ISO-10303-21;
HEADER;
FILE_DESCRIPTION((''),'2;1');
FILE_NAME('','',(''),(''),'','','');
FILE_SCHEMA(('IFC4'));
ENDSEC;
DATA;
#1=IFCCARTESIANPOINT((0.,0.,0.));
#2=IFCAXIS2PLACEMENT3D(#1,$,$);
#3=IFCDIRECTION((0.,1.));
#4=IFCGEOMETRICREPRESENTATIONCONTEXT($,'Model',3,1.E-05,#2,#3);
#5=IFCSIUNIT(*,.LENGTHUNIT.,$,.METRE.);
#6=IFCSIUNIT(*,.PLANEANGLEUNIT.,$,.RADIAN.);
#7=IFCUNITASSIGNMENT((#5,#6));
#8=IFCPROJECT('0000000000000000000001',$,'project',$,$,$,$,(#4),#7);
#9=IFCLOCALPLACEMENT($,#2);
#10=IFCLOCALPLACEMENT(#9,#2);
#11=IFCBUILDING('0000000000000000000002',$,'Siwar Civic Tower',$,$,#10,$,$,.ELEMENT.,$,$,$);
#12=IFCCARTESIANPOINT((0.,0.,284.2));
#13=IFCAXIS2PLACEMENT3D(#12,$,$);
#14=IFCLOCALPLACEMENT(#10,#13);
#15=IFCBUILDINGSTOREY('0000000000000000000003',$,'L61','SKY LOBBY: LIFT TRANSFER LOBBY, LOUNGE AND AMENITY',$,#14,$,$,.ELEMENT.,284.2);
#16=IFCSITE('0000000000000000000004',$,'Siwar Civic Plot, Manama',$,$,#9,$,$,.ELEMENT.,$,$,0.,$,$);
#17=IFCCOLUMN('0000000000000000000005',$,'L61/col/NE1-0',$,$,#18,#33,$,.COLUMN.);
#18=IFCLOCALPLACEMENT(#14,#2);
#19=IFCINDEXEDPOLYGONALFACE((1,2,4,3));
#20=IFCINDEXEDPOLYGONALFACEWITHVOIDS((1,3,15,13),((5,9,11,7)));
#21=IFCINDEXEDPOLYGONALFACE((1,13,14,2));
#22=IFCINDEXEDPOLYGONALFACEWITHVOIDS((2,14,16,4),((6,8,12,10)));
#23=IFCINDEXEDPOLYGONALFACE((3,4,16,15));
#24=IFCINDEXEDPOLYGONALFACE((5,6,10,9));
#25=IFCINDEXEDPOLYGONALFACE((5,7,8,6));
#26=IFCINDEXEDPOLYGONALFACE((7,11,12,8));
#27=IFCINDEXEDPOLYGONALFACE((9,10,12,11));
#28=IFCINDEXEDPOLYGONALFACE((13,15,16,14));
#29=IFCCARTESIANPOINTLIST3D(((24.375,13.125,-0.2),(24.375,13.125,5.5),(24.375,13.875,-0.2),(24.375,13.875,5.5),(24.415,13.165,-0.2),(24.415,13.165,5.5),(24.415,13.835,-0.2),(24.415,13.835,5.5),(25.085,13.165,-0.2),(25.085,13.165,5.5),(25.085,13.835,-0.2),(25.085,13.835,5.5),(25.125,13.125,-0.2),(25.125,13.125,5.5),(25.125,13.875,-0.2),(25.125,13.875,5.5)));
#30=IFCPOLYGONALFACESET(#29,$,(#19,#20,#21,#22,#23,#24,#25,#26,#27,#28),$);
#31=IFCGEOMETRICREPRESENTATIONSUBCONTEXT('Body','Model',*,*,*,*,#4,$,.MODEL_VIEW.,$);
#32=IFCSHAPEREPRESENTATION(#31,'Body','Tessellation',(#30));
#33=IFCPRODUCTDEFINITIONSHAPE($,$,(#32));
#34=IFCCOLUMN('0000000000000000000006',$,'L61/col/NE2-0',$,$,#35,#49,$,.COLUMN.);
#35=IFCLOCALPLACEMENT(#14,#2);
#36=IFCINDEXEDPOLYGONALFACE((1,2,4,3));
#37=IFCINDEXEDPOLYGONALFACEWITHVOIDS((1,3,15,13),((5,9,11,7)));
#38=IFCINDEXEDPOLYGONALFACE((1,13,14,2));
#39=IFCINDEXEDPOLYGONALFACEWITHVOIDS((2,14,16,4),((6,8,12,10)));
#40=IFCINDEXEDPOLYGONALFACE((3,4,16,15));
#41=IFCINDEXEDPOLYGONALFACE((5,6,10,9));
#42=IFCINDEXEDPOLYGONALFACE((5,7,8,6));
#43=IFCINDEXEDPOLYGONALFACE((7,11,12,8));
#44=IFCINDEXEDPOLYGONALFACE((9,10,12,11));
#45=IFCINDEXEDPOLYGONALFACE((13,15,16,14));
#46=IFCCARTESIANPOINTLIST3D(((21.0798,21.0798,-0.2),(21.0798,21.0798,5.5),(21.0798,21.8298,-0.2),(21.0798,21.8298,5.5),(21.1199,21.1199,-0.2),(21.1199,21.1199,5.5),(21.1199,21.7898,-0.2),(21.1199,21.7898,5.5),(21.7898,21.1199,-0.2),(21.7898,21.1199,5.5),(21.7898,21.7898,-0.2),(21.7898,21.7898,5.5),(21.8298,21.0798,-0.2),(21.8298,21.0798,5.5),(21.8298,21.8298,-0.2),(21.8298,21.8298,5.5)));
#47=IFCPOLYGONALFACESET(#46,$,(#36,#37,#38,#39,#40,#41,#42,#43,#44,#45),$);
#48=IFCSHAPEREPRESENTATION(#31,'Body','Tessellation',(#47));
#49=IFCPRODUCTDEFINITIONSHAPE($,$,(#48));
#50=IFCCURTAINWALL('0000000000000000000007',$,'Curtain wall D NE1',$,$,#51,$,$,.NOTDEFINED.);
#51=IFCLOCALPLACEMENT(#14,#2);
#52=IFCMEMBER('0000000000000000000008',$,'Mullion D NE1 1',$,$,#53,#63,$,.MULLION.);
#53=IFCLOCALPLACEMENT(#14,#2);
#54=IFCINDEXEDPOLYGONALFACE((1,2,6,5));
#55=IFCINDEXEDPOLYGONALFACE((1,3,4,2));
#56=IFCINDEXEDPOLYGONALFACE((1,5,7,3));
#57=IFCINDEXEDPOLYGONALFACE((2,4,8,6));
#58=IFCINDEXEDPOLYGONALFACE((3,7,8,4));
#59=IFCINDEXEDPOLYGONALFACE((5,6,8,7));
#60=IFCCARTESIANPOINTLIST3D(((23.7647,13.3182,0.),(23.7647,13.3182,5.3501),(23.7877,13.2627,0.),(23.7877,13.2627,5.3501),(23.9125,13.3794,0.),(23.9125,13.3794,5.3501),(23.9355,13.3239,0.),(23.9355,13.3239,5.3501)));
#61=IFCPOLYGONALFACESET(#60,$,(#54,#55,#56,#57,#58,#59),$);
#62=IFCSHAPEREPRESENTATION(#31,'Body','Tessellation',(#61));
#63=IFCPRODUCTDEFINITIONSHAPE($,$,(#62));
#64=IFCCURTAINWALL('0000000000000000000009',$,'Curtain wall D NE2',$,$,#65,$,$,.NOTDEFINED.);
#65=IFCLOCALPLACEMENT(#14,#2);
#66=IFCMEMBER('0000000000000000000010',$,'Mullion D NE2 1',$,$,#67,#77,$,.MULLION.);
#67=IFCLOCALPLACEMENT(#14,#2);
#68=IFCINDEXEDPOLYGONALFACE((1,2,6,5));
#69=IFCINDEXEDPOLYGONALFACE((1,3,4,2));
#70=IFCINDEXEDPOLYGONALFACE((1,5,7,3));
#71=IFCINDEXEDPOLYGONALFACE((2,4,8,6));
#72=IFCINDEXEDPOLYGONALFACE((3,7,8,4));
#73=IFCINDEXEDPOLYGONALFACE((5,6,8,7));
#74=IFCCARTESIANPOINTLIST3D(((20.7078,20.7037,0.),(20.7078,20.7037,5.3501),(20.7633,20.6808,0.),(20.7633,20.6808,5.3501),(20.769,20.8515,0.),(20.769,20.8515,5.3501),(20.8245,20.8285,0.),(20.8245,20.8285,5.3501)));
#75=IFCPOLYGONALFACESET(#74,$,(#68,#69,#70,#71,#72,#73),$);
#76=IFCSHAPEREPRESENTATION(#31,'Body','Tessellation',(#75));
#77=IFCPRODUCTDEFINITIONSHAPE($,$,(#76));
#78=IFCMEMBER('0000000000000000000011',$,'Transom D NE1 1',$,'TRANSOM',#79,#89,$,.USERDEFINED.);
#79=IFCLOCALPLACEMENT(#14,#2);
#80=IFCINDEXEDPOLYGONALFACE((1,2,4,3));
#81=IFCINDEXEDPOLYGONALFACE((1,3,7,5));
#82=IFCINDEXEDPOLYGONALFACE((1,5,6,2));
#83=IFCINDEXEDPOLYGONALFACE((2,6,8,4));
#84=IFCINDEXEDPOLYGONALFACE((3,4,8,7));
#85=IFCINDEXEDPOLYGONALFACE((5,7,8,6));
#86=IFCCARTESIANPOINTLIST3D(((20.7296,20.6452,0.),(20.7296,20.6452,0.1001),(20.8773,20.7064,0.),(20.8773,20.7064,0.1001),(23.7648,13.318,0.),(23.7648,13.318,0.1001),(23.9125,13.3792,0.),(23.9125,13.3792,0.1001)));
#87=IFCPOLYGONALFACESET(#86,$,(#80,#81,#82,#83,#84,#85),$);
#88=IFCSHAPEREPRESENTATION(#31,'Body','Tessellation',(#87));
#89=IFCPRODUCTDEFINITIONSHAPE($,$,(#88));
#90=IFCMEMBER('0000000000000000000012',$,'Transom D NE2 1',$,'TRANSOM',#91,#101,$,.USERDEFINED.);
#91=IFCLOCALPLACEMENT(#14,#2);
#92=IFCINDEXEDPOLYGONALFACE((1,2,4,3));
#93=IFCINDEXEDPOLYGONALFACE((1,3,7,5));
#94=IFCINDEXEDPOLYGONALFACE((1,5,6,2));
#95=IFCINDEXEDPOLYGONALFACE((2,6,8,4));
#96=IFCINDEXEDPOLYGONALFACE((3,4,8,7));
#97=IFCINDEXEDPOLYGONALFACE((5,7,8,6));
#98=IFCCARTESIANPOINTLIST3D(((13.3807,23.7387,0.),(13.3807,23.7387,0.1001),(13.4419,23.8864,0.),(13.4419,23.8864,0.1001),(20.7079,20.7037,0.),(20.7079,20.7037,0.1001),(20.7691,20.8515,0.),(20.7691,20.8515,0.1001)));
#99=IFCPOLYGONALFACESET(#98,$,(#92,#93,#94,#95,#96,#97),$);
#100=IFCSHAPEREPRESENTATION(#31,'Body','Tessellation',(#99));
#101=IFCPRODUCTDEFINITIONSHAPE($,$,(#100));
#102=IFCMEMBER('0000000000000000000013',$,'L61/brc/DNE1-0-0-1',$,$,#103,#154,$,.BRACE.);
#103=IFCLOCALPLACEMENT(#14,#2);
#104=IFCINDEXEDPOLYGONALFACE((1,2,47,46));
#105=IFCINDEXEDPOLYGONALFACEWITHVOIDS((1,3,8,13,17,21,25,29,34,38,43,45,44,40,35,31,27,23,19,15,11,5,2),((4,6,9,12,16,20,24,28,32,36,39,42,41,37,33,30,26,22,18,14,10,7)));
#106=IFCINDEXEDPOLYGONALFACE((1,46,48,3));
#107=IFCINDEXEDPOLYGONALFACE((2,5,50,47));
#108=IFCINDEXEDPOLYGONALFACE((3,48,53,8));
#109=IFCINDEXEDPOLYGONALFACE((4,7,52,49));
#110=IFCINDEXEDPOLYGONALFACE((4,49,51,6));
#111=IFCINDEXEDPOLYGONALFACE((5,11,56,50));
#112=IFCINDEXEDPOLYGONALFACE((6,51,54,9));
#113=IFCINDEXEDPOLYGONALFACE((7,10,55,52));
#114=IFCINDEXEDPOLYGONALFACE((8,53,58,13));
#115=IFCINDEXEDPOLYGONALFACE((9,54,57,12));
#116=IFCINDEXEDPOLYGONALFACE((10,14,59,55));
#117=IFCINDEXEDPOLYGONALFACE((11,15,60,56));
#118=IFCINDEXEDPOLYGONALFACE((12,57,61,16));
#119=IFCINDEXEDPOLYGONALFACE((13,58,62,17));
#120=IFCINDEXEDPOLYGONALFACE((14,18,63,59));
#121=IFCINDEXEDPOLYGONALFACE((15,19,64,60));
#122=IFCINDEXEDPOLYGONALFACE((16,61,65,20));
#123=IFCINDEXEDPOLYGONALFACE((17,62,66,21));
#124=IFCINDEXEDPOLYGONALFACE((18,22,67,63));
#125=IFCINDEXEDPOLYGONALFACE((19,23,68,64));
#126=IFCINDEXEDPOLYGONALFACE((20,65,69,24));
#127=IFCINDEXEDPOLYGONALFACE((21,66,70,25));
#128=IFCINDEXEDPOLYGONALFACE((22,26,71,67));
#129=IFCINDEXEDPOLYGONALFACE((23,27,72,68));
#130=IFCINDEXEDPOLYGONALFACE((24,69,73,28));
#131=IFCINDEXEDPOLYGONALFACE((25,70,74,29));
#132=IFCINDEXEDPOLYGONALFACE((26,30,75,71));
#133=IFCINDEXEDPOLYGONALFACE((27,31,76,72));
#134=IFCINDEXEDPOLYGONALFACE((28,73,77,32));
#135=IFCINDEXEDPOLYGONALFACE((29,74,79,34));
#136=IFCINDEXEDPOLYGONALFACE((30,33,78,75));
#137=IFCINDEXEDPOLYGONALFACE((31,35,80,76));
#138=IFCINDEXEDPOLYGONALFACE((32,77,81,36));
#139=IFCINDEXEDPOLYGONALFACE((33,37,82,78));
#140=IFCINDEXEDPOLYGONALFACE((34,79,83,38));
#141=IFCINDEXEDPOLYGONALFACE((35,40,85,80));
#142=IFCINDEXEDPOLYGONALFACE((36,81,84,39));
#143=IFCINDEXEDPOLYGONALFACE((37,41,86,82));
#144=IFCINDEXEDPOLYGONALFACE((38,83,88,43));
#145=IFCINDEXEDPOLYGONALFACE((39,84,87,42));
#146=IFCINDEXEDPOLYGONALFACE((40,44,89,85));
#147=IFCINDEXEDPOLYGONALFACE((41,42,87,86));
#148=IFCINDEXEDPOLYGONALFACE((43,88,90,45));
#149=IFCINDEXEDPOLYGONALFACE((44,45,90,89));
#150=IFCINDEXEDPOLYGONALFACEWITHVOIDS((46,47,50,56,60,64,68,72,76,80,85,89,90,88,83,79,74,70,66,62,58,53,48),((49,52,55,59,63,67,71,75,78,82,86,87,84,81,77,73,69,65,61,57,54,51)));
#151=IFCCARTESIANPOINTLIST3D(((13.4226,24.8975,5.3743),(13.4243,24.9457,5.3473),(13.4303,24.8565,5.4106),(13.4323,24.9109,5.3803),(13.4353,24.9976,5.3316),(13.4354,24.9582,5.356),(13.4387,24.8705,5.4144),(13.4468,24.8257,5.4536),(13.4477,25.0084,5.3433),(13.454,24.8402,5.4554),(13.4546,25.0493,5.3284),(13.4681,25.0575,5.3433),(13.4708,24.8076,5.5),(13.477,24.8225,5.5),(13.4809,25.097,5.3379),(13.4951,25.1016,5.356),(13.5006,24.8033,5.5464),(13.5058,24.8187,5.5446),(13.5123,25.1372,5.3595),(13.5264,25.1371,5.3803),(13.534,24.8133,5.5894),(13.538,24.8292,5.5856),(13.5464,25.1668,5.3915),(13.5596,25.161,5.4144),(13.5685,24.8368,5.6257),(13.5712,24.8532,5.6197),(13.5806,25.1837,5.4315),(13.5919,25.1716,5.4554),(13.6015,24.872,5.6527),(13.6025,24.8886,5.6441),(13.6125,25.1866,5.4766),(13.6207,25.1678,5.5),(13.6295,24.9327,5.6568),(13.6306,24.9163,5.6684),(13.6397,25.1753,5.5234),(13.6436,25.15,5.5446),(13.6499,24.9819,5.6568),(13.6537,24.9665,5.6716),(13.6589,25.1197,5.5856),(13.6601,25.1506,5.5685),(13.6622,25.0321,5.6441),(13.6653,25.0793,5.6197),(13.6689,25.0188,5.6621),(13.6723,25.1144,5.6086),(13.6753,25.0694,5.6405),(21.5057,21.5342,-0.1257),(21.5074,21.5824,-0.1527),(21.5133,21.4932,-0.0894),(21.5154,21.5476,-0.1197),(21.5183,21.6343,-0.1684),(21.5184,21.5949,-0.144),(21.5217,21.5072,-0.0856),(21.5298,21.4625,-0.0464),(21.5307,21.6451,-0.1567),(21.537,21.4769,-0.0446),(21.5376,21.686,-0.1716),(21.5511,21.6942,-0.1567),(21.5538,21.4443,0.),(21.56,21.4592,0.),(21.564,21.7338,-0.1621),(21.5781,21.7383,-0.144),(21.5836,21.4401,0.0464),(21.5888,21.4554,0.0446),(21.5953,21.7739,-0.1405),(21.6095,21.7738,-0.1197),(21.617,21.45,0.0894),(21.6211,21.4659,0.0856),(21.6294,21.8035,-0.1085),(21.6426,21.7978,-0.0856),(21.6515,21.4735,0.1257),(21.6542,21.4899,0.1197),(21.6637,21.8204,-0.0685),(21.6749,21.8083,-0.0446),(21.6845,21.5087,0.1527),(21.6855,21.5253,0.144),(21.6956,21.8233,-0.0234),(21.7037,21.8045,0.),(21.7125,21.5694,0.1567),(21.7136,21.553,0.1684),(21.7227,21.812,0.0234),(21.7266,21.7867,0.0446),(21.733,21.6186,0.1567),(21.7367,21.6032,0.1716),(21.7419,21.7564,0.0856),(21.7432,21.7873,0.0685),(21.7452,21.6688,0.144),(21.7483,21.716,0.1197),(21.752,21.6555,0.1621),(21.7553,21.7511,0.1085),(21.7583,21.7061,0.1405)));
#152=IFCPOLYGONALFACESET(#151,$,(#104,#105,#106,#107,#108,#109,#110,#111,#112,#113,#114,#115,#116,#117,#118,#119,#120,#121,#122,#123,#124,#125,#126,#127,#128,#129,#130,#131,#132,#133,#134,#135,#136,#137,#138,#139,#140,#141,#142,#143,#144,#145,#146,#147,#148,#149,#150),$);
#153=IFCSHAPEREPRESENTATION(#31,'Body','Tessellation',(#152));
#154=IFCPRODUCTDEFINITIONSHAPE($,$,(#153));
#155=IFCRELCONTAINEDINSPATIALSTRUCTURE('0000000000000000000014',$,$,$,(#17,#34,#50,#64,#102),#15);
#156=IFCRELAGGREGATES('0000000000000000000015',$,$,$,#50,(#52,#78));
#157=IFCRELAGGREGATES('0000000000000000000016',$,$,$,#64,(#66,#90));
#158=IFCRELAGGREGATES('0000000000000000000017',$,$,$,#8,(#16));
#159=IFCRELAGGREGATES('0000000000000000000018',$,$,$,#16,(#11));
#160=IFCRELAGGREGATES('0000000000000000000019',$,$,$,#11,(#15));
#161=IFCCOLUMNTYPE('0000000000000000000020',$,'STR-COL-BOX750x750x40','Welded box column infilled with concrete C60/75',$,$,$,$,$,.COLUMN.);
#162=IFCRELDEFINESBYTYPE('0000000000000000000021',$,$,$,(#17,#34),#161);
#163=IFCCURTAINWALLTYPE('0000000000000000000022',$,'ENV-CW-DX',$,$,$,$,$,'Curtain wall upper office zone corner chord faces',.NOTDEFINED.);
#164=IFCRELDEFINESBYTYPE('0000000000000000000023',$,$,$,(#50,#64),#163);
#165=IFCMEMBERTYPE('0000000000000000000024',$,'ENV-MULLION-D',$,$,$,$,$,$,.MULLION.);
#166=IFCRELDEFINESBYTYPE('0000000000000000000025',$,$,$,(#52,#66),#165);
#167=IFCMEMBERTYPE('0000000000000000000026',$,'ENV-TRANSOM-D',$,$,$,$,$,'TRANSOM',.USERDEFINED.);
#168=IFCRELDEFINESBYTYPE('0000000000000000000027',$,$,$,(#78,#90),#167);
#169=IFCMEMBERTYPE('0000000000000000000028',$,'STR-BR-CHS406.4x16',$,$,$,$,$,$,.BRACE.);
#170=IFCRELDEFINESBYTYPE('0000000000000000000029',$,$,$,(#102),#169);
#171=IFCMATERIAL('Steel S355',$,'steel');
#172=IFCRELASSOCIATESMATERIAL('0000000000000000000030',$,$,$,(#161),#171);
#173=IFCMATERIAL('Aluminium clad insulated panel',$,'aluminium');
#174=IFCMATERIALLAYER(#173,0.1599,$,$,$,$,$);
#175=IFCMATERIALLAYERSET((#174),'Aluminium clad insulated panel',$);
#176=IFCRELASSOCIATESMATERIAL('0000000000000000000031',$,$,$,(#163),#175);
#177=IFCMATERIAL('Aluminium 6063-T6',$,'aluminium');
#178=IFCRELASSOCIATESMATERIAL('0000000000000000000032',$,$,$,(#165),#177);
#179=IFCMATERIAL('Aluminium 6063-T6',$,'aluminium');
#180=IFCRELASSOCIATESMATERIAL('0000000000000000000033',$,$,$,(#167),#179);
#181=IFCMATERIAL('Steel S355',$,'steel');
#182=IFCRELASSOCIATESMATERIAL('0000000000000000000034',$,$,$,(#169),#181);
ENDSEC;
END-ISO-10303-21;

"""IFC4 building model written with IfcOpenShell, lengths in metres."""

from ifc_helpers import new_model, si_unit, direction, frame, origin, origin_2d, place, context, subcontext, project, spatial, rectangle, hollow_rectangle, hollow_circle, extrude, material, layer, layer_set, material_profile, profile_set, type_object, element, aggregate, save


model = new_model("IFC4")

# Units and contexts
model_context = context("Model", 3, precision=1e-05, world=origin(), true_north=direction((0.0, 1.0)))
body_context = subcontext(model_context, "Body", "Model", "MODEL_VIEW")
ifc_project = project(units=[si_unit("LENGTHUNIT", "METRE"), si_unit("PLANEANGLEUNIT", "RADIAN")], contexts=[model_context])

# Site, building, storey
site_placement = place(None, origin())
site = spatial("IfcSite", under=ifc_project, at=site_placement, Name="Siwar Civic Plot, Manama", CompositionType="ELEMENT", RefElevation=0.0)
building_placement = place(site_placement, origin())
building = spatial("IfcBuilding", under=site, at=building_placement, Name="Siwar Civic Tower", CompositionType="ELEMENT")
storey_placement = place(building_placement, frame((0.0, 0.0, 284.2)))
storey = spatial("IfcBuildingStorey", under=building, at=storey_placement, Name="L61", Description="SKY LOBBY: LIFT TRANSFER LOBBY, LOUNGE AND AMENITY", CompositionType="ELEMENT", Elevation=284.2)

# Columns
ifc_material_1 = material(Name="Steel S355", Category="steel")
ifc_material_profile_1 = material_profile(ifc_material_1, hollow_rectangle(XDim=0.75, YDim=0.75, WallThickness=0.04, at=origin_2d()), Name="BOX750x750x40")
ifc_profile_set_1 = profile_set([ifc_material_profile_1], Name="Steel S355")
column_type = type_object("IfcColumnType", Name="STR-COL-BOX750x750x40", Description="Welded box column infilled with concrete C60/75", PredefinedType="COLUMN", material=ifc_profile_set_1)
for number, where, z_axis, x_axis, name in (
    (1, (24.75, 13.5, -0.2), (0.0, 0.0, 1.0), (1.0, 0.0, 0.0), "L61/col/NE1-0"),
    (2, (21.4548, 21.4548, -0.2), (0.0, 0.0, 1.0), (1.0, 0.0, 0.0), "L61/col/NE2-0"),
):
    element("IfcColumn", number, at=place(storey_placement, frame(where, z_axis=z_axis, x_axis=x_axis)), inside=storey, type_object=column_type, Name=name, PredefinedType="COLUMN", context=body_context, shape_type="SweptSolid", body=[
        extrude(hollow_rectangle(XDim=0.75, YDim=0.75, WallThickness=0.04, at=origin_2d()), origin(), (0.0, 0.0, 1.0), 5.7),
    ])

# Curtain walls, members
ifc_material_2 = material(Name="Aluminium clad insulated panel", Category="aluminium")
ifc_layer_1 = layer(ifc_material_2, 0.1599)
ifc_layer_set_1 = layer_set([ifc_layer_1], Name="Aluminium clad insulated panel")
curtain_wall_type = type_object("IfcCurtainWallType", Name="ENV-CW-DX", ElementType="Curtain wall upper office zone corner chord faces", PredefinedType="NOTDEFINED", material=ifc_layer_set_1)
curtain_wall_1_placement = place(storey_placement, origin())
curtain_wall_1 = element("IfcCurtainWall", 3, at=curtain_wall_1_placement, inside=storey, type_object=curtain_wall_type, Name="Curtain wall D NE1", PredefinedType="NOTDEFINED")
ifc_material_3 = material(Name="Aluminium 6063-T6", Category="aluminium")
ifc_material_profile_2 = material_profile(ifc_material_3, rectangle(XDim=0.1599, YDim=0.0601, at=origin_2d()), Name="AL 160x60")
ifc_profile_set_2 = profile_set([ifc_material_profile_2], Name="Aluminium 6063-T6")
member_type_1 = type_object("IfcMemberType", Name="ENV-MULLION-D", PredefinedType="MULLION", material=ifc_profile_set_2)
member_1_placement = place(storey_placement, frame((23.8501, 13.321, 0.0), z_axis=(0.0, 0.0, 1.0), x_axis=(-0.92388, -0.382683, 0.0)))
member_1 = element("IfcMember", 4, at=member_1_placement, type_object=member_type_1, Name="Mullion D NE1 1", PredefinedType="MULLION", context=body_context, shape_type="SweptSolid", body=[
    extrude(rectangle(XDim=0.1599, YDim=0.0601, at=origin_2d()), origin(), (0.0, 0.0, 1.0), 5.3501),
])
curtain_wall_2_placement = place(storey_placement, origin())
curtain_wall_2 = element("IfcCurtainWall", 5, at=curtain_wall_2_placement, inside=storey, type_object=curtain_wall_type, Name="Curtain wall D NE2", PredefinedType="NOTDEFINED")
member_2_placement = place(storey_placement, frame((20.7661, 20.7661, 0.0), z_axis=(0.0, 0.0, 1.0), x_axis=(-0.382683, -0.92388, 0.0)))
member_2 = element("IfcMember", 6, at=member_2_placement, type_object=member_type_1, Name="Mullion D NE2 1", PredefinedType="MULLION", context=body_context, shape_type="SweptSolid", body=[
    extrude(rectangle(XDim=0.1599, YDim=0.0601, at=origin_2d()), origin(), (0.0, 0.0, 1.0), 5.3501),
])

# Members
ifc_material_4 = material(Name="Aluminium 6063-T6", Category="aluminium")
ifc_material_profile_3 = material_profile(ifc_material_4, rectangle(XDim=0.1599, YDim=0.1001, at=origin_2d()), Name="AL 160x100")
ifc_profile_set_3 = profile_set([ifc_material_profile_3], Name="Aluminium 6063-T6")
member_type_2 = type_object("IfcMemberType", Name="ENV-TRANSOM-D", ElementType="TRANSOM", PredefinedType="USERDEFINED", material=ifc_profile_set_3)
member_3_placement = place(storey_placement, frame((23.8386, 13.3486, 0.05), z_axis=(-0.3827, 0.923873, 0.0), x_axis=(-0.923873, -0.3827, 0.0)))
member_3 = element("IfcMember", 7, at=member_3_placement, type_object=member_type_2, Name="Transom D NE1 1", ObjectType="TRANSOM", PredefinedType="USERDEFINED", context=body_context, shape_type="SweptSolid", body=[
    extrude(rectangle(XDim=0.1599, YDim=0.1001, at=origin_2d()), origin(), (0.0, 0.0, 1.0), 7.9309),
])
member_4_placement = place(storey_placement, frame((20.7385, 20.7776, 0.05), z_axis=(-0.923884, 0.382674, 0.0), x_axis=(-0.382674, -0.923884, 0.0)))
member_4 = element("IfcMember", 8, at=member_4_placement, type_object=member_type_2, Name="Transom D NE2 1", ObjectType="TRANSOM", PredefinedType="USERDEFINED", context=body_context, shape_type="SweptSolid", body=[
    extrude(rectangle(XDim=0.1599, YDim=0.1001, at=origin_2d()), origin(), (0.0, 0.0, 1.0), 7.9309),
])

# Member
ifc_material_5 = material(Name="Steel S355", Category="steel")
ifc_material_profile_4 = material_profile(ifc_material_5, hollow_circle(Radius=0.2031, WallThickness=0.0161, at=origin_2d()), Name="CHS406.4x16")
ifc_profile_set_4 = profile_set([ifc_material_profile_4], Name="Steel S355")
member_type_3 = type_object("IfcMemberType", Name="STR-BR-CHS406.4x16", PredefinedType="BRACE", material=ifc_profile_set_4)
member_5_placement = place(storey_placement, frame((21.6318, 21.6318, 0.0), z_axis=(-0.781791, 0.325298, 0.531962), x_axis=(-0.384164, -0.923265, 0.0)))
element("IfcMember", 9, at=member_5_placement, inside=storey, type_object=member_type_3, Name="L61/brc/DNE1-0-0-1", PredefinedType="BRACE", context=body_context, shape_type="SweptSolid", body=[
    extrude(hollow_circle(Radius=0.2031, WallThickness=0.0161, at=origin_2d()), origin(), (0.0, 0.0, 1.0), 10.3391),
])

aggregate(curtain_wall_1, [member_1, member_3])
aggregate(curtain_wall_2, [member_2, member_4])

save(model, "model.ifc")
